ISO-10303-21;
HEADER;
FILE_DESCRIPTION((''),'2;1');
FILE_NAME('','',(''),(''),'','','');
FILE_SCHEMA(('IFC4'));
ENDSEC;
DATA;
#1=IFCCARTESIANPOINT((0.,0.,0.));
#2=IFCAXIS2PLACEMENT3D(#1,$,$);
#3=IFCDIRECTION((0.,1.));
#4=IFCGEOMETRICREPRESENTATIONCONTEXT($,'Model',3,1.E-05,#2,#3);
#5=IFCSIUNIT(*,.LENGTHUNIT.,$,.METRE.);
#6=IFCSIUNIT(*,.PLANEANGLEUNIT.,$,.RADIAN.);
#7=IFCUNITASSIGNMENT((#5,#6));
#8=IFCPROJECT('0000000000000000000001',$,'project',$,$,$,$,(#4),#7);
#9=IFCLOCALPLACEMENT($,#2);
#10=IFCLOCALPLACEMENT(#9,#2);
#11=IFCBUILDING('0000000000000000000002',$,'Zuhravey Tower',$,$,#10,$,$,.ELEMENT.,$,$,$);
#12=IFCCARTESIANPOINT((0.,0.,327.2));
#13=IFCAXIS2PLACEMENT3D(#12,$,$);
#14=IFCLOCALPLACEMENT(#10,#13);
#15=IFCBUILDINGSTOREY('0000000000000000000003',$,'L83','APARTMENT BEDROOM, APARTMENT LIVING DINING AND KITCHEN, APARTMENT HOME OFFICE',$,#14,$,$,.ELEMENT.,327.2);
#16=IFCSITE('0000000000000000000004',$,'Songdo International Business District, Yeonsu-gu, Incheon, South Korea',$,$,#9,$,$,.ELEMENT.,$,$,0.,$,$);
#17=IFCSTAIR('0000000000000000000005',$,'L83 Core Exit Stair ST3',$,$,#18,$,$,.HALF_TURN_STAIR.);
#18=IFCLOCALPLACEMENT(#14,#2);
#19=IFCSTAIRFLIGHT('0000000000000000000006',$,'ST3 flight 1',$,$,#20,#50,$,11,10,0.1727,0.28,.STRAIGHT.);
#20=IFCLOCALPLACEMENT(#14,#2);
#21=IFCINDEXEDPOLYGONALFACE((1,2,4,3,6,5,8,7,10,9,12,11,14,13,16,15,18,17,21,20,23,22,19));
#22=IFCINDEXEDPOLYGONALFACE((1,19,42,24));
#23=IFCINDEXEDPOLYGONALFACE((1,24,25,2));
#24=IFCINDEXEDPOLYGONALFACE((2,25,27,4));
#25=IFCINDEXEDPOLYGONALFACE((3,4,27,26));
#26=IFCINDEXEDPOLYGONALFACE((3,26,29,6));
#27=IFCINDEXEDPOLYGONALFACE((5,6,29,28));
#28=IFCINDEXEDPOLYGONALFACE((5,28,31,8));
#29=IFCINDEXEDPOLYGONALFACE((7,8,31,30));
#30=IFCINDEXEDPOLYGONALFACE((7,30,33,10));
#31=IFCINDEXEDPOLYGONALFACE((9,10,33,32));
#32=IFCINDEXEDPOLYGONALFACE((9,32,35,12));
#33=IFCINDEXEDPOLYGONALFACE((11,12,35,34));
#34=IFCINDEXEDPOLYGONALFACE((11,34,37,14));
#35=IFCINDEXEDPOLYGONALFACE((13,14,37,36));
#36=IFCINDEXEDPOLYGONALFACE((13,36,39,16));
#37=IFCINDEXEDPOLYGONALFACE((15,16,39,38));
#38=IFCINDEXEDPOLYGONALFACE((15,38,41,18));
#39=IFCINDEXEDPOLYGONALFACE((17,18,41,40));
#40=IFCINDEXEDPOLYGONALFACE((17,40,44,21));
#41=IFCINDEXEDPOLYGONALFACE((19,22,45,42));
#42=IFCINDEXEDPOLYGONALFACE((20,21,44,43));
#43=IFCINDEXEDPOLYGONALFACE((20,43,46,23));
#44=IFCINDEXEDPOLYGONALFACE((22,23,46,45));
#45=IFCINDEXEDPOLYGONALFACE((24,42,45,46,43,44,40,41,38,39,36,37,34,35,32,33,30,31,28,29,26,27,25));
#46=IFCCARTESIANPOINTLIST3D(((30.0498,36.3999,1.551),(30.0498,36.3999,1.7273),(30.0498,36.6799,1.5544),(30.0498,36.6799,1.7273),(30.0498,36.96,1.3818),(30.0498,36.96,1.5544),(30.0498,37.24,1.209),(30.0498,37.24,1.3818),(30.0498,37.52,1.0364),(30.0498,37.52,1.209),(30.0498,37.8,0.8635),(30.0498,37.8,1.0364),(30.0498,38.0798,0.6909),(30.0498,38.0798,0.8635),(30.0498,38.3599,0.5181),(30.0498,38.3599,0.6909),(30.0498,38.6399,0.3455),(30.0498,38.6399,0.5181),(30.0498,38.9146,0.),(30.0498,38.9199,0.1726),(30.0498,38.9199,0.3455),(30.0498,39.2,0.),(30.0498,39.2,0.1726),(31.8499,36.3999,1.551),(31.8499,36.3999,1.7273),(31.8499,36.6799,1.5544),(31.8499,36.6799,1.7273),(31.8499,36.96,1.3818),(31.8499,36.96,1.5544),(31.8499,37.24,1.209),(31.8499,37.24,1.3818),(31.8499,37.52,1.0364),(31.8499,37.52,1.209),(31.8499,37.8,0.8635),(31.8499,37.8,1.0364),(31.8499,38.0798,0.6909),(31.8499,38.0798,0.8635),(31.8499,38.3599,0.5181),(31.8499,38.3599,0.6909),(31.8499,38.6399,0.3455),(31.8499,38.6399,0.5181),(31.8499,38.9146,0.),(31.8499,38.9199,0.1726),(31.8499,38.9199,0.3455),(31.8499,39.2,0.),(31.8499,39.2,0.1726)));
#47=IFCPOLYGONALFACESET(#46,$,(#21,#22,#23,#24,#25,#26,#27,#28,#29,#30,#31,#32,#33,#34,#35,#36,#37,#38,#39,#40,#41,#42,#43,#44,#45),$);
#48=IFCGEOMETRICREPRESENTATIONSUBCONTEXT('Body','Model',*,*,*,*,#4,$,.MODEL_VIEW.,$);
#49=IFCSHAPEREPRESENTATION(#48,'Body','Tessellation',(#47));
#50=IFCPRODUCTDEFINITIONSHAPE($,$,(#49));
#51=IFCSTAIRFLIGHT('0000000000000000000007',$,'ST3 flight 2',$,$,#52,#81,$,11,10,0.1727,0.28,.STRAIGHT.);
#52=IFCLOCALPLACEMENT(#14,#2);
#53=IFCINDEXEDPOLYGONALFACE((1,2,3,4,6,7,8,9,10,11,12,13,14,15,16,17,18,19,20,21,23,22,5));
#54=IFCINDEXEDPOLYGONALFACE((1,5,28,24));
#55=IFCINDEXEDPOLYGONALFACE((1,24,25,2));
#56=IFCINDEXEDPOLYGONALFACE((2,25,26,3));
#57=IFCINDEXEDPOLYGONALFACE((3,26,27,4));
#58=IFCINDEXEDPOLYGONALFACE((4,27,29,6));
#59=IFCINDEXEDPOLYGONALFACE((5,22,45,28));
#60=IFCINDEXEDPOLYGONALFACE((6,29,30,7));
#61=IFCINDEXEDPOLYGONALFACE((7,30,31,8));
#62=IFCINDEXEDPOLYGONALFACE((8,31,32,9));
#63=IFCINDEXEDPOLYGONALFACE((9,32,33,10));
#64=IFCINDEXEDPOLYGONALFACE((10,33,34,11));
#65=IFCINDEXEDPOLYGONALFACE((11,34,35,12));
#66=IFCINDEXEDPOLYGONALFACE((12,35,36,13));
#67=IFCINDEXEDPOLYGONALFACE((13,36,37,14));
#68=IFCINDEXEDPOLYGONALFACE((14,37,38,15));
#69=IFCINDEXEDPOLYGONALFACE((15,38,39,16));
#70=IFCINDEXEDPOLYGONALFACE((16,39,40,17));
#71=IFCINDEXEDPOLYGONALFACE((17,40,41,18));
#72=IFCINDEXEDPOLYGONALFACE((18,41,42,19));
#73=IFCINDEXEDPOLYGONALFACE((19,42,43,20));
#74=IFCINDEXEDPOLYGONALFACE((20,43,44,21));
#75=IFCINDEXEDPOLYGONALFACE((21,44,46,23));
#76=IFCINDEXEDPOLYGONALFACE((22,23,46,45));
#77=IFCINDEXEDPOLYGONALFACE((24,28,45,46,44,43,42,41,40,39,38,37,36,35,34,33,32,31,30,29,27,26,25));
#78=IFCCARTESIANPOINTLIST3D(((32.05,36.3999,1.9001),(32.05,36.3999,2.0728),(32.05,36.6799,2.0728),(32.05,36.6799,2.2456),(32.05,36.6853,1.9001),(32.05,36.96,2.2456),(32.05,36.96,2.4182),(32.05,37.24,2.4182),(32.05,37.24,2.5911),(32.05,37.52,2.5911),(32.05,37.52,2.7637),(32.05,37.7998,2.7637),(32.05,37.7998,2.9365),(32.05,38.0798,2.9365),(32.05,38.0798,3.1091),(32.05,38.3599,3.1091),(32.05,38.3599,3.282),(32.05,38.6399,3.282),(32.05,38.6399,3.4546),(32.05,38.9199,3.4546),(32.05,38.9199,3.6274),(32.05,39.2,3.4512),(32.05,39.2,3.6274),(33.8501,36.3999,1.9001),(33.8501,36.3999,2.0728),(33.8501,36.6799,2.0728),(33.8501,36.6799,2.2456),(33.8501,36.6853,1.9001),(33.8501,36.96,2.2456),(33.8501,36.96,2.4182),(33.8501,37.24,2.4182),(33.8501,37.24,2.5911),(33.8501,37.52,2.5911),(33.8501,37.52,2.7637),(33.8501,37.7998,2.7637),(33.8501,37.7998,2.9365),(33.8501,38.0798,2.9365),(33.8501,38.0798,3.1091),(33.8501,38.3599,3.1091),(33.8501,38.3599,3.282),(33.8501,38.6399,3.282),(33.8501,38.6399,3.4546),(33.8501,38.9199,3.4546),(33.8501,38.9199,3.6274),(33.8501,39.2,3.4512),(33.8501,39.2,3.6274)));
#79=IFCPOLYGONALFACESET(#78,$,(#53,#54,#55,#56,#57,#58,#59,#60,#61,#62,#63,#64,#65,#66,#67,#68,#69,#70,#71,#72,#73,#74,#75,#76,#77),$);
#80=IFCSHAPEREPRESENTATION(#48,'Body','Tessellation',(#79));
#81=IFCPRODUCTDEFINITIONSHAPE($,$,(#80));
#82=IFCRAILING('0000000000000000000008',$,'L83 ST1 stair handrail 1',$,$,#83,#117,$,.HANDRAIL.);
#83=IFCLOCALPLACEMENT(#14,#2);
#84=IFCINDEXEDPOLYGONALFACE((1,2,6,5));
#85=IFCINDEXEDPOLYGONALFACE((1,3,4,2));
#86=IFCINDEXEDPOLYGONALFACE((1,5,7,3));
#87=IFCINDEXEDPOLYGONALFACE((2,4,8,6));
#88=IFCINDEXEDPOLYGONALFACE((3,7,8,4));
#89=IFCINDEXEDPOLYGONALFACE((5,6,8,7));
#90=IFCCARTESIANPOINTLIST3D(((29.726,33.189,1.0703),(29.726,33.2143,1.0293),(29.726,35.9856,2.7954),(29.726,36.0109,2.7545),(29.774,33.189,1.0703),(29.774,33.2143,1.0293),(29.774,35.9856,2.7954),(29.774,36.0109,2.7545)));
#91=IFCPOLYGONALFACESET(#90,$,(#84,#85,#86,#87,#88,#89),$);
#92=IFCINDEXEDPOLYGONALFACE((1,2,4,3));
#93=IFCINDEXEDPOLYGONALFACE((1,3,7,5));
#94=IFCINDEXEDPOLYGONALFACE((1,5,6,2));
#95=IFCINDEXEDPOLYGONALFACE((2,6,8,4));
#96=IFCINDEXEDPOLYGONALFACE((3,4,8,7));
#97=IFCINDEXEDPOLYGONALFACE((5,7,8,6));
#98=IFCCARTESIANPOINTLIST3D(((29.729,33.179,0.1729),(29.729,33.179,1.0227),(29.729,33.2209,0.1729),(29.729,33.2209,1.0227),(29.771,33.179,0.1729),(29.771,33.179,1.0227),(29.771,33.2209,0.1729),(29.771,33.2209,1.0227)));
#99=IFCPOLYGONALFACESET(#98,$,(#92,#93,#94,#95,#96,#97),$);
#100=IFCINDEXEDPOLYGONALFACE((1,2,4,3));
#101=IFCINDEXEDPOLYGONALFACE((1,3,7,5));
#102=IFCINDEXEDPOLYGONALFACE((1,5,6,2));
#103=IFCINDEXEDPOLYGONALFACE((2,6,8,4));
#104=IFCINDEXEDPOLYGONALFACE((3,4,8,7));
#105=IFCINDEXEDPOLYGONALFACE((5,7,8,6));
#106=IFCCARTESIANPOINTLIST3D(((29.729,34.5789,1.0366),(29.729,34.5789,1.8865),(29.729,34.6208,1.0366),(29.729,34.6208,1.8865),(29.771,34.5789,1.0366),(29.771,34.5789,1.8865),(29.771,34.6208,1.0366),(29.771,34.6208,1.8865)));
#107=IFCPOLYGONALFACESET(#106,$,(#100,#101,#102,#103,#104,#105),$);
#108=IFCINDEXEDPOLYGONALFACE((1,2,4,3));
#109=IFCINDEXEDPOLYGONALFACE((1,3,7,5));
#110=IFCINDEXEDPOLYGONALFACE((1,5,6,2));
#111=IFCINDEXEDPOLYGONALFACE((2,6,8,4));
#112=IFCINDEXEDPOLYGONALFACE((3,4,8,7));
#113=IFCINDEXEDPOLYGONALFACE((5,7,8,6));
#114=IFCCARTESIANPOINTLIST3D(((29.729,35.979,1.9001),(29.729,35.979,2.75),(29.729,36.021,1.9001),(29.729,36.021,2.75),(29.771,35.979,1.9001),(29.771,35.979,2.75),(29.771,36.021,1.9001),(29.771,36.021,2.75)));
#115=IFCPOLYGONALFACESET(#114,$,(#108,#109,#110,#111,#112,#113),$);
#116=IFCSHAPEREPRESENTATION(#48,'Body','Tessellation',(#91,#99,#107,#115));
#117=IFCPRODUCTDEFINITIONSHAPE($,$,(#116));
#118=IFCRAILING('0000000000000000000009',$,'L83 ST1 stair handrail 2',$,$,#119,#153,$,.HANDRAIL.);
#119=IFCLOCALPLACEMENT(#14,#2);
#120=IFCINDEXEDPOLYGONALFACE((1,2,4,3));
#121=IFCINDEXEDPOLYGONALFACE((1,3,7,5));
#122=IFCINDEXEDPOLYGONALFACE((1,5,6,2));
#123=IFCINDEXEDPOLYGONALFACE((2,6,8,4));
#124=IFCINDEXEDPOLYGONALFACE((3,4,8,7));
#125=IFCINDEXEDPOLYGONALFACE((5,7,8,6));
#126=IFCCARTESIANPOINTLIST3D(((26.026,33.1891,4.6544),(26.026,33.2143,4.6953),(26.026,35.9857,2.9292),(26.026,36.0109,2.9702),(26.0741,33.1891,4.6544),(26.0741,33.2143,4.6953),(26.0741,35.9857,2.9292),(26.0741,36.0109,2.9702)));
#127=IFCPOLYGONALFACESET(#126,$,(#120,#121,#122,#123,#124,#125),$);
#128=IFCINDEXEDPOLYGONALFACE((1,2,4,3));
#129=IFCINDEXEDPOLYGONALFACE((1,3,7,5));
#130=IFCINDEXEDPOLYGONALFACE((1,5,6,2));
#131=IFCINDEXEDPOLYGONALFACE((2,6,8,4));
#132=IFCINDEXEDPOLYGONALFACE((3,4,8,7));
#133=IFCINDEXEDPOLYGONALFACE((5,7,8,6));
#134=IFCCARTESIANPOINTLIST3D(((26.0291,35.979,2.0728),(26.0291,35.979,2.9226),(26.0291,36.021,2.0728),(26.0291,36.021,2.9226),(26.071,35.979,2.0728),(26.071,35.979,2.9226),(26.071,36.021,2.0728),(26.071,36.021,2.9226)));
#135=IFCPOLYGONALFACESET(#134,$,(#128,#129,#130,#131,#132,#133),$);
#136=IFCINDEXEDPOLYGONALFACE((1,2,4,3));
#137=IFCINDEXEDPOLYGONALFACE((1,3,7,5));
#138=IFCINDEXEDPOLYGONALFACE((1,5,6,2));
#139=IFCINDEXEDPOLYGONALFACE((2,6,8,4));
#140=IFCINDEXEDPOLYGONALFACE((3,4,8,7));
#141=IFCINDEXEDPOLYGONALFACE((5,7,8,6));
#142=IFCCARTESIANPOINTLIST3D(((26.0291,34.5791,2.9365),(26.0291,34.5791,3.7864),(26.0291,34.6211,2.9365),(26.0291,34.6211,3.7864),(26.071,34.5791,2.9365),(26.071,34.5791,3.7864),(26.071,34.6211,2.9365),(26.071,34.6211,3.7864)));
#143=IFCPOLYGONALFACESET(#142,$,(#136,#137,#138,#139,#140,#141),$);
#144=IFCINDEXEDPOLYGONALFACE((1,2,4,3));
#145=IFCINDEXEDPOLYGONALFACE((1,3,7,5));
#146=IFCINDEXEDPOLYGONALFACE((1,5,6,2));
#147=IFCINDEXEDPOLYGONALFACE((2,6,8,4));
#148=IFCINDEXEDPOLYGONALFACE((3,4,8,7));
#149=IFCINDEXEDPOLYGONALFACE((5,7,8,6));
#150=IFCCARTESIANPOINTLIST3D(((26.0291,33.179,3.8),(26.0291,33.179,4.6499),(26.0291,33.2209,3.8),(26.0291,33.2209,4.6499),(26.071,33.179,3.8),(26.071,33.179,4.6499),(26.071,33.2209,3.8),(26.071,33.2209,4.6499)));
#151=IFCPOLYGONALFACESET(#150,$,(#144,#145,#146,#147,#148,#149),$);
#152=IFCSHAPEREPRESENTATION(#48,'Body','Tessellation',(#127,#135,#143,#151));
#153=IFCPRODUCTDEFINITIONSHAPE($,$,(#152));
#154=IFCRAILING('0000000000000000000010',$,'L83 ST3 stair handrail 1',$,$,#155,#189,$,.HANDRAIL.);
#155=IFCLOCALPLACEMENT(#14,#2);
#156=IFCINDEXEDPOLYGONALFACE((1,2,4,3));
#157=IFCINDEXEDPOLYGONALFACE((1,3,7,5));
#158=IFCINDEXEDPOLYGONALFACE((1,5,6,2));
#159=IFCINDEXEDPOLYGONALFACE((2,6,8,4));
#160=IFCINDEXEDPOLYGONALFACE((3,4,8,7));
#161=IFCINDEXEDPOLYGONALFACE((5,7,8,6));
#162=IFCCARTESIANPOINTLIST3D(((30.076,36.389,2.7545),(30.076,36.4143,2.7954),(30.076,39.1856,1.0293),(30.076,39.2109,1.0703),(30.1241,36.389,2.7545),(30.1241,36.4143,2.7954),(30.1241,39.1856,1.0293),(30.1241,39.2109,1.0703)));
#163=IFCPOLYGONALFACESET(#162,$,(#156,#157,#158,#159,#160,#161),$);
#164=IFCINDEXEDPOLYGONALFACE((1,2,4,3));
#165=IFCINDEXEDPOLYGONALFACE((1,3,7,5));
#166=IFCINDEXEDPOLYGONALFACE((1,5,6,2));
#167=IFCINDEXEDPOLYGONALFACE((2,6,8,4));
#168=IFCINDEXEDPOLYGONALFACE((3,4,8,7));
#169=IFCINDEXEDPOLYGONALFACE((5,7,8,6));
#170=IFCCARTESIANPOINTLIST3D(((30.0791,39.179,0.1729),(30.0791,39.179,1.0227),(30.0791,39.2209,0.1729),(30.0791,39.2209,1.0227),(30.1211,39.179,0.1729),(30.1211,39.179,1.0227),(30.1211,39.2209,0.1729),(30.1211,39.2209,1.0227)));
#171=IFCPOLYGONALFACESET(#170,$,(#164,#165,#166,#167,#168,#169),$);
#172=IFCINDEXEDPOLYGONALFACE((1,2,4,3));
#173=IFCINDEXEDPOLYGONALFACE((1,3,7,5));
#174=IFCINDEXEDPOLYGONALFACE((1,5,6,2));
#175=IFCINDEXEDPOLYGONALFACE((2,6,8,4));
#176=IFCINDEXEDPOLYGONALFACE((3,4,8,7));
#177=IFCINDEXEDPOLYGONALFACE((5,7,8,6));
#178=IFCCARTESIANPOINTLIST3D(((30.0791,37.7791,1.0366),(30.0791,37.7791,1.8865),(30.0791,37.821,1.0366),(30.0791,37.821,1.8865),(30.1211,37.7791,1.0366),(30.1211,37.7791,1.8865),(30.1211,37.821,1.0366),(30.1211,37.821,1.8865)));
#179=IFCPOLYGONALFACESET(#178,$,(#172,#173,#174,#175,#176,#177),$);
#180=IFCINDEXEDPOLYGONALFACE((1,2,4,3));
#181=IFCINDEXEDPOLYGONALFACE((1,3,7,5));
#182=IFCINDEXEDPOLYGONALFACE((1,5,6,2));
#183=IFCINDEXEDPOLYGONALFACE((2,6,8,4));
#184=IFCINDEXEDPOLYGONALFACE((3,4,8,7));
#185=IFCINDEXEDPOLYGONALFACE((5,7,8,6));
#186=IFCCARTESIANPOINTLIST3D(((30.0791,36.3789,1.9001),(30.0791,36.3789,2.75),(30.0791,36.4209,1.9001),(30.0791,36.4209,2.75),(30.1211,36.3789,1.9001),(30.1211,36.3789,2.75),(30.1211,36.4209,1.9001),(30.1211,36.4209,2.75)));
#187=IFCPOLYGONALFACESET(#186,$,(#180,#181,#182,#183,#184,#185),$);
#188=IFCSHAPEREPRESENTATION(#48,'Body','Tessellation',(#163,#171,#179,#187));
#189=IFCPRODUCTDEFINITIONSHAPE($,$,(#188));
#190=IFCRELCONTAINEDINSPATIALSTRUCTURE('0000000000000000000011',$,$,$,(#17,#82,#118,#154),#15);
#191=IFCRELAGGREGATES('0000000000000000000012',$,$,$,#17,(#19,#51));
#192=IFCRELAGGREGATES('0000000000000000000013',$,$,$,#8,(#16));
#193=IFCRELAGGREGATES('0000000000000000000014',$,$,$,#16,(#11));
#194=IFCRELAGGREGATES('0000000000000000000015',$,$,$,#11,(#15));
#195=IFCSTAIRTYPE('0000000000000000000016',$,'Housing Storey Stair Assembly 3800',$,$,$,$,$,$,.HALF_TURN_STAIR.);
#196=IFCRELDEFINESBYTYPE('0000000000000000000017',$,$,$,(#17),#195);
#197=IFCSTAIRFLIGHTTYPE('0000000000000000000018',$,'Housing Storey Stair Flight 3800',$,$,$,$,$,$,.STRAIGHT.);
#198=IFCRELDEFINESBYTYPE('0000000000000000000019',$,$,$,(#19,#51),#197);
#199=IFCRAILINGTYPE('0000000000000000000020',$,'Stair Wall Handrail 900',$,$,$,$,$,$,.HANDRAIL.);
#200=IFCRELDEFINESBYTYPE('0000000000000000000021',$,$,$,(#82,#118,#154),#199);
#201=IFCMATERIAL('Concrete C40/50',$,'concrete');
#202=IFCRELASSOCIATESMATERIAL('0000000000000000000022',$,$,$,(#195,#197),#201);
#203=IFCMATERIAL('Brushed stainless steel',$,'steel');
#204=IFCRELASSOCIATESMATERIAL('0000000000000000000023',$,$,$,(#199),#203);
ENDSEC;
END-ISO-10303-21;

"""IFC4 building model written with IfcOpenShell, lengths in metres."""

from ifc_helpers import new_model, si_unit, direction, frame, origin, origin_2d, place, context, subcontext, project, spatial, polyline, rectangle, outline, extrude, material, type_object, element, aggregate, save


model = new_model("IFC4")

# Units and contexts
model_context = context("Model", 3, precision=1e-05, world=origin(), true_north=direction((0.0, 1.0)))
body_context = subcontext(model_context, "Body", "Model", "MODEL_VIEW")
ifc_project = project(units=[si_unit("LENGTHUNIT", "METRE"), si_unit("PLANEANGLEUNIT", "RADIAN")], contexts=[model_context])

# Site, building, storey
site_placement = place(None, origin())
site = spatial("IfcSite", under=ifc_project, at=site_placement, Name="Songdo International Business District, Yeonsu-gu, Incheon, South Korea", CompositionType="ELEMENT", RefElevation=0.0)
building_placement = place(site_placement, origin())
building = spatial("IfcBuilding", under=site, at=building_placement, Name="Zuhravey Tower", CompositionType="ELEMENT")
storey_placement = place(building_placement, frame((0.0, 0.0, 327.2)))
storey = spatial("IfcBuildingStorey", under=building, at=storey_placement, Name="L83", Description="APARTMENT BEDROOM, APARTMENT LIVING DINING AND KITCHEN, APARTMENT HOME OFFICE", CompositionType="ELEMENT", Elevation=327.2)

# Stair, stair flights
ifc_material_1 = material(Name="Concrete C40/50", Category="concrete")
stair_type = type_object("IfcStairType", Name="Housing Storey Stair Assembly 3800", PredefinedType="HALF_TURN_STAIR", material=ifc_material_1)
stair_flight_type = type_object("IfcStairFlightType", Name="Housing Storey Stair Flight 3800", PredefinedType="STRAIGHT", material=ifc_material_1)
stair_1_placement = place(storey_placement, origin())
stair_1 = element("IfcStair", 1, at=stair_1_placement, inside=storey, type_object=stair_type, Name="L83 Core Exit Stair ST3", PredefinedType="HALF_TURN_STAIR")
stair_flight_1_placement = place(storey_placement, frame((30.95, 39.2, 0.0), z_axis=(0.0, 0.0, 1.0), x_axis=(0.0, -1.0, 0.0)))
stair_flight_1 = element("IfcStairFlight", 2, at=stair_flight_1_placement, type_object=stair_flight_type, Name="ST3 flight 1", NumberOfRisers=11, NumberOfTreads=10, PredefinedType="STRAIGHT", RiserHeight=0.1727, TreadLength=0.28, context=body_context, shape_type="SweptSolid", body=[
    extrude(outline(polyline([(0.0, 0.0), (0.0, 0.1726), (0.28, 0.1726), (0.28, 0.3455), (0.5601, 0.3455), (0.5601, 0.5181), (0.8401, 0.5181), (0.8401, 0.6909), (1.1201, 0.6909), (1.1201, 0.8635), (1.3999, 0.8635), (1.3999, 1.0364), (1.6799, 1.0364), (1.6799, 1.209), (1.96, 1.209), (1.96, 1.3818), (2.24, 1.3818), (2.24, 1.5544), (2.52, 1.5544), (2.52, 1.7273), (2.8, 1.7273), (2.8, 1.8999), (2.8, 1.551), (0.2854, 0.0), (0.0, 0.0)])), frame((0.0, 0.8999, 0.0), z_axis=(0.0, -1.0, 0.0), x_axis=(1.0, 0.0, 0.0)), (0.0, 0.0, 1.0), 1.8),
])
stair_flight_2_placement = place(storey_placement, frame((32.95, 36.3999, 1.9001), z_axis=(0.0, 0.0, 1.0), x_axis=(0.0, 1.0, 0.0)))
stair_flight_2 = element("IfcStairFlight", 3, at=stair_flight_2_placement, type_object=stair_flight_type, Name="ST3 flight 2", NumberOfRisers=11, NumberOfTreads=10, PredefinedType="STRAIGHT", RiserHeight=0.1727, TreadLength=0.28, context=body_context, shape_type="SweptSolid", body=[
    extrude(outline(polyline([(0.0, 0.0), (0.0, 0.1726), (0.28, 0.1726), (0.28, 0.3455), (0.5601, 0.3455), (0.5601, 0.5181), (0.8401, 0.5181), (0.8401, 0.6909), (1.1201, 0.6909), (1.1201, 0.8635), (1.3999, 0.8635), (1.3999, 1.0364), (1.6799, 1.0364), (1.6799, 1.209), (1.96, 1.209), (1.96, 1.3818), (2.24, 1.3818), (2.24, 1.5544), (2.52, 1.5544), (2.52, 1.7273), (2.8, 1.7273), (2.8, 1.8999), (2.8, 1.551), (0.2854, 0.0), (0.0, 0.0)])), frame((0.0, 0.8999, 0.0), z_axis=(0.0, -1.0, 0.0), x_axis=(1.0, 0.0, 0.0)), (0.0, 0.0, 1.0), 1.8),
])
aggregate(stair_1, [stair_flight_1, stair_flight_2])

# Railings
ifc_material_2 = material(Name="Brushed stainless steel", Category="steel")
railing_type_1 = type_object("IfcRailingType", Name="Stair Wall Handrail 900", PredefinedType="HANDRAIL", material=ifc_material_2)
railing_1_placement = place(storey_placement, frame((29.75, 33.2, 0.1729)))
element("IfcRailing", 4, at=railing_1_placement, inside=storey, type_object=railing_type_1, Name="L83 ST1 stair handrail 1", PredefinedType="HANDRAIL", context=body_context, shape_type="SweptSolid", body=[
    extrude(rectangle(XDim=0.0481, YDim=0.0481, at=origin_2d()), frame((0.0, 0.0017, 0.877), z_axis=(0.0, 0.85109, 0.52502), x_axis=(-1.0, 0.0, 0.0)), (0.0, 0.0, 1.0), 3.2859),
    extrude(rectangle(XDim=0.042, YDim=0.042, at=origin_2d()), origin(), (0.0, 0.0, 1.0), 0.8499),
    extrude(rectangle(XDim=0.042, YDim=0.042, at=origin_2d()), frame((0.0, 1.3999, 0.8638)), (0.0, 0.0, 1.0), 0.8499),
    extrude(rectangle(XDim=0.042, YDim=0.042, at=origin_2d()), frame((0.0, 2.8, 1.7273)), (0.0, 0.0, 1.0), 0.8499),
])
for number, where, name in (
    (5, (26.05, 36.0, 2.0728), "L83 ST1 stair handrail 2"),
    (6, (30.1001, 39.2, 0.1729), "L83 ST3 stair handrail 1"),
):
    element("IfcRailing", number, at=place(storey_placement, frame(where)), inside=storey, type_object=railing_type_1, Name=name, PredefinedType="HANDRAIL", context=body_context, shape_type="SweptSolid", body=[
        extrude(rectangle(XDim=0.0481, YDim=0.0481, at=origin_2d()), frame((0.0, -0.0017, 0.877), z_axis=(0.0, -0.85109, 0.52502), x_axis=(1.0, 0.0, 0.0)), (0.0, 0.0, 1.0), 3.2859),
        extrude(rectangle(XDim=0.042, YDim=0.042, at=origin_2d()), origin(), (0.0, 0.0, 1.0), 0.8499),
        extrude(rectangle(XDim=0.042, YDim=0.042, at=origin_2d()), frame((0.0, -1.3999, 0.8638)), (0.0, 0.0, 1.0), 0.8499),
        extrude(rectangle(XDim=0.042, YDim=0.042, at=origin_2d()), frame((0.0, -2.8, 1.7273)), (0.0, 0.0, 1.0), 0.8499),
    ])

save(model, "model.ifc")
